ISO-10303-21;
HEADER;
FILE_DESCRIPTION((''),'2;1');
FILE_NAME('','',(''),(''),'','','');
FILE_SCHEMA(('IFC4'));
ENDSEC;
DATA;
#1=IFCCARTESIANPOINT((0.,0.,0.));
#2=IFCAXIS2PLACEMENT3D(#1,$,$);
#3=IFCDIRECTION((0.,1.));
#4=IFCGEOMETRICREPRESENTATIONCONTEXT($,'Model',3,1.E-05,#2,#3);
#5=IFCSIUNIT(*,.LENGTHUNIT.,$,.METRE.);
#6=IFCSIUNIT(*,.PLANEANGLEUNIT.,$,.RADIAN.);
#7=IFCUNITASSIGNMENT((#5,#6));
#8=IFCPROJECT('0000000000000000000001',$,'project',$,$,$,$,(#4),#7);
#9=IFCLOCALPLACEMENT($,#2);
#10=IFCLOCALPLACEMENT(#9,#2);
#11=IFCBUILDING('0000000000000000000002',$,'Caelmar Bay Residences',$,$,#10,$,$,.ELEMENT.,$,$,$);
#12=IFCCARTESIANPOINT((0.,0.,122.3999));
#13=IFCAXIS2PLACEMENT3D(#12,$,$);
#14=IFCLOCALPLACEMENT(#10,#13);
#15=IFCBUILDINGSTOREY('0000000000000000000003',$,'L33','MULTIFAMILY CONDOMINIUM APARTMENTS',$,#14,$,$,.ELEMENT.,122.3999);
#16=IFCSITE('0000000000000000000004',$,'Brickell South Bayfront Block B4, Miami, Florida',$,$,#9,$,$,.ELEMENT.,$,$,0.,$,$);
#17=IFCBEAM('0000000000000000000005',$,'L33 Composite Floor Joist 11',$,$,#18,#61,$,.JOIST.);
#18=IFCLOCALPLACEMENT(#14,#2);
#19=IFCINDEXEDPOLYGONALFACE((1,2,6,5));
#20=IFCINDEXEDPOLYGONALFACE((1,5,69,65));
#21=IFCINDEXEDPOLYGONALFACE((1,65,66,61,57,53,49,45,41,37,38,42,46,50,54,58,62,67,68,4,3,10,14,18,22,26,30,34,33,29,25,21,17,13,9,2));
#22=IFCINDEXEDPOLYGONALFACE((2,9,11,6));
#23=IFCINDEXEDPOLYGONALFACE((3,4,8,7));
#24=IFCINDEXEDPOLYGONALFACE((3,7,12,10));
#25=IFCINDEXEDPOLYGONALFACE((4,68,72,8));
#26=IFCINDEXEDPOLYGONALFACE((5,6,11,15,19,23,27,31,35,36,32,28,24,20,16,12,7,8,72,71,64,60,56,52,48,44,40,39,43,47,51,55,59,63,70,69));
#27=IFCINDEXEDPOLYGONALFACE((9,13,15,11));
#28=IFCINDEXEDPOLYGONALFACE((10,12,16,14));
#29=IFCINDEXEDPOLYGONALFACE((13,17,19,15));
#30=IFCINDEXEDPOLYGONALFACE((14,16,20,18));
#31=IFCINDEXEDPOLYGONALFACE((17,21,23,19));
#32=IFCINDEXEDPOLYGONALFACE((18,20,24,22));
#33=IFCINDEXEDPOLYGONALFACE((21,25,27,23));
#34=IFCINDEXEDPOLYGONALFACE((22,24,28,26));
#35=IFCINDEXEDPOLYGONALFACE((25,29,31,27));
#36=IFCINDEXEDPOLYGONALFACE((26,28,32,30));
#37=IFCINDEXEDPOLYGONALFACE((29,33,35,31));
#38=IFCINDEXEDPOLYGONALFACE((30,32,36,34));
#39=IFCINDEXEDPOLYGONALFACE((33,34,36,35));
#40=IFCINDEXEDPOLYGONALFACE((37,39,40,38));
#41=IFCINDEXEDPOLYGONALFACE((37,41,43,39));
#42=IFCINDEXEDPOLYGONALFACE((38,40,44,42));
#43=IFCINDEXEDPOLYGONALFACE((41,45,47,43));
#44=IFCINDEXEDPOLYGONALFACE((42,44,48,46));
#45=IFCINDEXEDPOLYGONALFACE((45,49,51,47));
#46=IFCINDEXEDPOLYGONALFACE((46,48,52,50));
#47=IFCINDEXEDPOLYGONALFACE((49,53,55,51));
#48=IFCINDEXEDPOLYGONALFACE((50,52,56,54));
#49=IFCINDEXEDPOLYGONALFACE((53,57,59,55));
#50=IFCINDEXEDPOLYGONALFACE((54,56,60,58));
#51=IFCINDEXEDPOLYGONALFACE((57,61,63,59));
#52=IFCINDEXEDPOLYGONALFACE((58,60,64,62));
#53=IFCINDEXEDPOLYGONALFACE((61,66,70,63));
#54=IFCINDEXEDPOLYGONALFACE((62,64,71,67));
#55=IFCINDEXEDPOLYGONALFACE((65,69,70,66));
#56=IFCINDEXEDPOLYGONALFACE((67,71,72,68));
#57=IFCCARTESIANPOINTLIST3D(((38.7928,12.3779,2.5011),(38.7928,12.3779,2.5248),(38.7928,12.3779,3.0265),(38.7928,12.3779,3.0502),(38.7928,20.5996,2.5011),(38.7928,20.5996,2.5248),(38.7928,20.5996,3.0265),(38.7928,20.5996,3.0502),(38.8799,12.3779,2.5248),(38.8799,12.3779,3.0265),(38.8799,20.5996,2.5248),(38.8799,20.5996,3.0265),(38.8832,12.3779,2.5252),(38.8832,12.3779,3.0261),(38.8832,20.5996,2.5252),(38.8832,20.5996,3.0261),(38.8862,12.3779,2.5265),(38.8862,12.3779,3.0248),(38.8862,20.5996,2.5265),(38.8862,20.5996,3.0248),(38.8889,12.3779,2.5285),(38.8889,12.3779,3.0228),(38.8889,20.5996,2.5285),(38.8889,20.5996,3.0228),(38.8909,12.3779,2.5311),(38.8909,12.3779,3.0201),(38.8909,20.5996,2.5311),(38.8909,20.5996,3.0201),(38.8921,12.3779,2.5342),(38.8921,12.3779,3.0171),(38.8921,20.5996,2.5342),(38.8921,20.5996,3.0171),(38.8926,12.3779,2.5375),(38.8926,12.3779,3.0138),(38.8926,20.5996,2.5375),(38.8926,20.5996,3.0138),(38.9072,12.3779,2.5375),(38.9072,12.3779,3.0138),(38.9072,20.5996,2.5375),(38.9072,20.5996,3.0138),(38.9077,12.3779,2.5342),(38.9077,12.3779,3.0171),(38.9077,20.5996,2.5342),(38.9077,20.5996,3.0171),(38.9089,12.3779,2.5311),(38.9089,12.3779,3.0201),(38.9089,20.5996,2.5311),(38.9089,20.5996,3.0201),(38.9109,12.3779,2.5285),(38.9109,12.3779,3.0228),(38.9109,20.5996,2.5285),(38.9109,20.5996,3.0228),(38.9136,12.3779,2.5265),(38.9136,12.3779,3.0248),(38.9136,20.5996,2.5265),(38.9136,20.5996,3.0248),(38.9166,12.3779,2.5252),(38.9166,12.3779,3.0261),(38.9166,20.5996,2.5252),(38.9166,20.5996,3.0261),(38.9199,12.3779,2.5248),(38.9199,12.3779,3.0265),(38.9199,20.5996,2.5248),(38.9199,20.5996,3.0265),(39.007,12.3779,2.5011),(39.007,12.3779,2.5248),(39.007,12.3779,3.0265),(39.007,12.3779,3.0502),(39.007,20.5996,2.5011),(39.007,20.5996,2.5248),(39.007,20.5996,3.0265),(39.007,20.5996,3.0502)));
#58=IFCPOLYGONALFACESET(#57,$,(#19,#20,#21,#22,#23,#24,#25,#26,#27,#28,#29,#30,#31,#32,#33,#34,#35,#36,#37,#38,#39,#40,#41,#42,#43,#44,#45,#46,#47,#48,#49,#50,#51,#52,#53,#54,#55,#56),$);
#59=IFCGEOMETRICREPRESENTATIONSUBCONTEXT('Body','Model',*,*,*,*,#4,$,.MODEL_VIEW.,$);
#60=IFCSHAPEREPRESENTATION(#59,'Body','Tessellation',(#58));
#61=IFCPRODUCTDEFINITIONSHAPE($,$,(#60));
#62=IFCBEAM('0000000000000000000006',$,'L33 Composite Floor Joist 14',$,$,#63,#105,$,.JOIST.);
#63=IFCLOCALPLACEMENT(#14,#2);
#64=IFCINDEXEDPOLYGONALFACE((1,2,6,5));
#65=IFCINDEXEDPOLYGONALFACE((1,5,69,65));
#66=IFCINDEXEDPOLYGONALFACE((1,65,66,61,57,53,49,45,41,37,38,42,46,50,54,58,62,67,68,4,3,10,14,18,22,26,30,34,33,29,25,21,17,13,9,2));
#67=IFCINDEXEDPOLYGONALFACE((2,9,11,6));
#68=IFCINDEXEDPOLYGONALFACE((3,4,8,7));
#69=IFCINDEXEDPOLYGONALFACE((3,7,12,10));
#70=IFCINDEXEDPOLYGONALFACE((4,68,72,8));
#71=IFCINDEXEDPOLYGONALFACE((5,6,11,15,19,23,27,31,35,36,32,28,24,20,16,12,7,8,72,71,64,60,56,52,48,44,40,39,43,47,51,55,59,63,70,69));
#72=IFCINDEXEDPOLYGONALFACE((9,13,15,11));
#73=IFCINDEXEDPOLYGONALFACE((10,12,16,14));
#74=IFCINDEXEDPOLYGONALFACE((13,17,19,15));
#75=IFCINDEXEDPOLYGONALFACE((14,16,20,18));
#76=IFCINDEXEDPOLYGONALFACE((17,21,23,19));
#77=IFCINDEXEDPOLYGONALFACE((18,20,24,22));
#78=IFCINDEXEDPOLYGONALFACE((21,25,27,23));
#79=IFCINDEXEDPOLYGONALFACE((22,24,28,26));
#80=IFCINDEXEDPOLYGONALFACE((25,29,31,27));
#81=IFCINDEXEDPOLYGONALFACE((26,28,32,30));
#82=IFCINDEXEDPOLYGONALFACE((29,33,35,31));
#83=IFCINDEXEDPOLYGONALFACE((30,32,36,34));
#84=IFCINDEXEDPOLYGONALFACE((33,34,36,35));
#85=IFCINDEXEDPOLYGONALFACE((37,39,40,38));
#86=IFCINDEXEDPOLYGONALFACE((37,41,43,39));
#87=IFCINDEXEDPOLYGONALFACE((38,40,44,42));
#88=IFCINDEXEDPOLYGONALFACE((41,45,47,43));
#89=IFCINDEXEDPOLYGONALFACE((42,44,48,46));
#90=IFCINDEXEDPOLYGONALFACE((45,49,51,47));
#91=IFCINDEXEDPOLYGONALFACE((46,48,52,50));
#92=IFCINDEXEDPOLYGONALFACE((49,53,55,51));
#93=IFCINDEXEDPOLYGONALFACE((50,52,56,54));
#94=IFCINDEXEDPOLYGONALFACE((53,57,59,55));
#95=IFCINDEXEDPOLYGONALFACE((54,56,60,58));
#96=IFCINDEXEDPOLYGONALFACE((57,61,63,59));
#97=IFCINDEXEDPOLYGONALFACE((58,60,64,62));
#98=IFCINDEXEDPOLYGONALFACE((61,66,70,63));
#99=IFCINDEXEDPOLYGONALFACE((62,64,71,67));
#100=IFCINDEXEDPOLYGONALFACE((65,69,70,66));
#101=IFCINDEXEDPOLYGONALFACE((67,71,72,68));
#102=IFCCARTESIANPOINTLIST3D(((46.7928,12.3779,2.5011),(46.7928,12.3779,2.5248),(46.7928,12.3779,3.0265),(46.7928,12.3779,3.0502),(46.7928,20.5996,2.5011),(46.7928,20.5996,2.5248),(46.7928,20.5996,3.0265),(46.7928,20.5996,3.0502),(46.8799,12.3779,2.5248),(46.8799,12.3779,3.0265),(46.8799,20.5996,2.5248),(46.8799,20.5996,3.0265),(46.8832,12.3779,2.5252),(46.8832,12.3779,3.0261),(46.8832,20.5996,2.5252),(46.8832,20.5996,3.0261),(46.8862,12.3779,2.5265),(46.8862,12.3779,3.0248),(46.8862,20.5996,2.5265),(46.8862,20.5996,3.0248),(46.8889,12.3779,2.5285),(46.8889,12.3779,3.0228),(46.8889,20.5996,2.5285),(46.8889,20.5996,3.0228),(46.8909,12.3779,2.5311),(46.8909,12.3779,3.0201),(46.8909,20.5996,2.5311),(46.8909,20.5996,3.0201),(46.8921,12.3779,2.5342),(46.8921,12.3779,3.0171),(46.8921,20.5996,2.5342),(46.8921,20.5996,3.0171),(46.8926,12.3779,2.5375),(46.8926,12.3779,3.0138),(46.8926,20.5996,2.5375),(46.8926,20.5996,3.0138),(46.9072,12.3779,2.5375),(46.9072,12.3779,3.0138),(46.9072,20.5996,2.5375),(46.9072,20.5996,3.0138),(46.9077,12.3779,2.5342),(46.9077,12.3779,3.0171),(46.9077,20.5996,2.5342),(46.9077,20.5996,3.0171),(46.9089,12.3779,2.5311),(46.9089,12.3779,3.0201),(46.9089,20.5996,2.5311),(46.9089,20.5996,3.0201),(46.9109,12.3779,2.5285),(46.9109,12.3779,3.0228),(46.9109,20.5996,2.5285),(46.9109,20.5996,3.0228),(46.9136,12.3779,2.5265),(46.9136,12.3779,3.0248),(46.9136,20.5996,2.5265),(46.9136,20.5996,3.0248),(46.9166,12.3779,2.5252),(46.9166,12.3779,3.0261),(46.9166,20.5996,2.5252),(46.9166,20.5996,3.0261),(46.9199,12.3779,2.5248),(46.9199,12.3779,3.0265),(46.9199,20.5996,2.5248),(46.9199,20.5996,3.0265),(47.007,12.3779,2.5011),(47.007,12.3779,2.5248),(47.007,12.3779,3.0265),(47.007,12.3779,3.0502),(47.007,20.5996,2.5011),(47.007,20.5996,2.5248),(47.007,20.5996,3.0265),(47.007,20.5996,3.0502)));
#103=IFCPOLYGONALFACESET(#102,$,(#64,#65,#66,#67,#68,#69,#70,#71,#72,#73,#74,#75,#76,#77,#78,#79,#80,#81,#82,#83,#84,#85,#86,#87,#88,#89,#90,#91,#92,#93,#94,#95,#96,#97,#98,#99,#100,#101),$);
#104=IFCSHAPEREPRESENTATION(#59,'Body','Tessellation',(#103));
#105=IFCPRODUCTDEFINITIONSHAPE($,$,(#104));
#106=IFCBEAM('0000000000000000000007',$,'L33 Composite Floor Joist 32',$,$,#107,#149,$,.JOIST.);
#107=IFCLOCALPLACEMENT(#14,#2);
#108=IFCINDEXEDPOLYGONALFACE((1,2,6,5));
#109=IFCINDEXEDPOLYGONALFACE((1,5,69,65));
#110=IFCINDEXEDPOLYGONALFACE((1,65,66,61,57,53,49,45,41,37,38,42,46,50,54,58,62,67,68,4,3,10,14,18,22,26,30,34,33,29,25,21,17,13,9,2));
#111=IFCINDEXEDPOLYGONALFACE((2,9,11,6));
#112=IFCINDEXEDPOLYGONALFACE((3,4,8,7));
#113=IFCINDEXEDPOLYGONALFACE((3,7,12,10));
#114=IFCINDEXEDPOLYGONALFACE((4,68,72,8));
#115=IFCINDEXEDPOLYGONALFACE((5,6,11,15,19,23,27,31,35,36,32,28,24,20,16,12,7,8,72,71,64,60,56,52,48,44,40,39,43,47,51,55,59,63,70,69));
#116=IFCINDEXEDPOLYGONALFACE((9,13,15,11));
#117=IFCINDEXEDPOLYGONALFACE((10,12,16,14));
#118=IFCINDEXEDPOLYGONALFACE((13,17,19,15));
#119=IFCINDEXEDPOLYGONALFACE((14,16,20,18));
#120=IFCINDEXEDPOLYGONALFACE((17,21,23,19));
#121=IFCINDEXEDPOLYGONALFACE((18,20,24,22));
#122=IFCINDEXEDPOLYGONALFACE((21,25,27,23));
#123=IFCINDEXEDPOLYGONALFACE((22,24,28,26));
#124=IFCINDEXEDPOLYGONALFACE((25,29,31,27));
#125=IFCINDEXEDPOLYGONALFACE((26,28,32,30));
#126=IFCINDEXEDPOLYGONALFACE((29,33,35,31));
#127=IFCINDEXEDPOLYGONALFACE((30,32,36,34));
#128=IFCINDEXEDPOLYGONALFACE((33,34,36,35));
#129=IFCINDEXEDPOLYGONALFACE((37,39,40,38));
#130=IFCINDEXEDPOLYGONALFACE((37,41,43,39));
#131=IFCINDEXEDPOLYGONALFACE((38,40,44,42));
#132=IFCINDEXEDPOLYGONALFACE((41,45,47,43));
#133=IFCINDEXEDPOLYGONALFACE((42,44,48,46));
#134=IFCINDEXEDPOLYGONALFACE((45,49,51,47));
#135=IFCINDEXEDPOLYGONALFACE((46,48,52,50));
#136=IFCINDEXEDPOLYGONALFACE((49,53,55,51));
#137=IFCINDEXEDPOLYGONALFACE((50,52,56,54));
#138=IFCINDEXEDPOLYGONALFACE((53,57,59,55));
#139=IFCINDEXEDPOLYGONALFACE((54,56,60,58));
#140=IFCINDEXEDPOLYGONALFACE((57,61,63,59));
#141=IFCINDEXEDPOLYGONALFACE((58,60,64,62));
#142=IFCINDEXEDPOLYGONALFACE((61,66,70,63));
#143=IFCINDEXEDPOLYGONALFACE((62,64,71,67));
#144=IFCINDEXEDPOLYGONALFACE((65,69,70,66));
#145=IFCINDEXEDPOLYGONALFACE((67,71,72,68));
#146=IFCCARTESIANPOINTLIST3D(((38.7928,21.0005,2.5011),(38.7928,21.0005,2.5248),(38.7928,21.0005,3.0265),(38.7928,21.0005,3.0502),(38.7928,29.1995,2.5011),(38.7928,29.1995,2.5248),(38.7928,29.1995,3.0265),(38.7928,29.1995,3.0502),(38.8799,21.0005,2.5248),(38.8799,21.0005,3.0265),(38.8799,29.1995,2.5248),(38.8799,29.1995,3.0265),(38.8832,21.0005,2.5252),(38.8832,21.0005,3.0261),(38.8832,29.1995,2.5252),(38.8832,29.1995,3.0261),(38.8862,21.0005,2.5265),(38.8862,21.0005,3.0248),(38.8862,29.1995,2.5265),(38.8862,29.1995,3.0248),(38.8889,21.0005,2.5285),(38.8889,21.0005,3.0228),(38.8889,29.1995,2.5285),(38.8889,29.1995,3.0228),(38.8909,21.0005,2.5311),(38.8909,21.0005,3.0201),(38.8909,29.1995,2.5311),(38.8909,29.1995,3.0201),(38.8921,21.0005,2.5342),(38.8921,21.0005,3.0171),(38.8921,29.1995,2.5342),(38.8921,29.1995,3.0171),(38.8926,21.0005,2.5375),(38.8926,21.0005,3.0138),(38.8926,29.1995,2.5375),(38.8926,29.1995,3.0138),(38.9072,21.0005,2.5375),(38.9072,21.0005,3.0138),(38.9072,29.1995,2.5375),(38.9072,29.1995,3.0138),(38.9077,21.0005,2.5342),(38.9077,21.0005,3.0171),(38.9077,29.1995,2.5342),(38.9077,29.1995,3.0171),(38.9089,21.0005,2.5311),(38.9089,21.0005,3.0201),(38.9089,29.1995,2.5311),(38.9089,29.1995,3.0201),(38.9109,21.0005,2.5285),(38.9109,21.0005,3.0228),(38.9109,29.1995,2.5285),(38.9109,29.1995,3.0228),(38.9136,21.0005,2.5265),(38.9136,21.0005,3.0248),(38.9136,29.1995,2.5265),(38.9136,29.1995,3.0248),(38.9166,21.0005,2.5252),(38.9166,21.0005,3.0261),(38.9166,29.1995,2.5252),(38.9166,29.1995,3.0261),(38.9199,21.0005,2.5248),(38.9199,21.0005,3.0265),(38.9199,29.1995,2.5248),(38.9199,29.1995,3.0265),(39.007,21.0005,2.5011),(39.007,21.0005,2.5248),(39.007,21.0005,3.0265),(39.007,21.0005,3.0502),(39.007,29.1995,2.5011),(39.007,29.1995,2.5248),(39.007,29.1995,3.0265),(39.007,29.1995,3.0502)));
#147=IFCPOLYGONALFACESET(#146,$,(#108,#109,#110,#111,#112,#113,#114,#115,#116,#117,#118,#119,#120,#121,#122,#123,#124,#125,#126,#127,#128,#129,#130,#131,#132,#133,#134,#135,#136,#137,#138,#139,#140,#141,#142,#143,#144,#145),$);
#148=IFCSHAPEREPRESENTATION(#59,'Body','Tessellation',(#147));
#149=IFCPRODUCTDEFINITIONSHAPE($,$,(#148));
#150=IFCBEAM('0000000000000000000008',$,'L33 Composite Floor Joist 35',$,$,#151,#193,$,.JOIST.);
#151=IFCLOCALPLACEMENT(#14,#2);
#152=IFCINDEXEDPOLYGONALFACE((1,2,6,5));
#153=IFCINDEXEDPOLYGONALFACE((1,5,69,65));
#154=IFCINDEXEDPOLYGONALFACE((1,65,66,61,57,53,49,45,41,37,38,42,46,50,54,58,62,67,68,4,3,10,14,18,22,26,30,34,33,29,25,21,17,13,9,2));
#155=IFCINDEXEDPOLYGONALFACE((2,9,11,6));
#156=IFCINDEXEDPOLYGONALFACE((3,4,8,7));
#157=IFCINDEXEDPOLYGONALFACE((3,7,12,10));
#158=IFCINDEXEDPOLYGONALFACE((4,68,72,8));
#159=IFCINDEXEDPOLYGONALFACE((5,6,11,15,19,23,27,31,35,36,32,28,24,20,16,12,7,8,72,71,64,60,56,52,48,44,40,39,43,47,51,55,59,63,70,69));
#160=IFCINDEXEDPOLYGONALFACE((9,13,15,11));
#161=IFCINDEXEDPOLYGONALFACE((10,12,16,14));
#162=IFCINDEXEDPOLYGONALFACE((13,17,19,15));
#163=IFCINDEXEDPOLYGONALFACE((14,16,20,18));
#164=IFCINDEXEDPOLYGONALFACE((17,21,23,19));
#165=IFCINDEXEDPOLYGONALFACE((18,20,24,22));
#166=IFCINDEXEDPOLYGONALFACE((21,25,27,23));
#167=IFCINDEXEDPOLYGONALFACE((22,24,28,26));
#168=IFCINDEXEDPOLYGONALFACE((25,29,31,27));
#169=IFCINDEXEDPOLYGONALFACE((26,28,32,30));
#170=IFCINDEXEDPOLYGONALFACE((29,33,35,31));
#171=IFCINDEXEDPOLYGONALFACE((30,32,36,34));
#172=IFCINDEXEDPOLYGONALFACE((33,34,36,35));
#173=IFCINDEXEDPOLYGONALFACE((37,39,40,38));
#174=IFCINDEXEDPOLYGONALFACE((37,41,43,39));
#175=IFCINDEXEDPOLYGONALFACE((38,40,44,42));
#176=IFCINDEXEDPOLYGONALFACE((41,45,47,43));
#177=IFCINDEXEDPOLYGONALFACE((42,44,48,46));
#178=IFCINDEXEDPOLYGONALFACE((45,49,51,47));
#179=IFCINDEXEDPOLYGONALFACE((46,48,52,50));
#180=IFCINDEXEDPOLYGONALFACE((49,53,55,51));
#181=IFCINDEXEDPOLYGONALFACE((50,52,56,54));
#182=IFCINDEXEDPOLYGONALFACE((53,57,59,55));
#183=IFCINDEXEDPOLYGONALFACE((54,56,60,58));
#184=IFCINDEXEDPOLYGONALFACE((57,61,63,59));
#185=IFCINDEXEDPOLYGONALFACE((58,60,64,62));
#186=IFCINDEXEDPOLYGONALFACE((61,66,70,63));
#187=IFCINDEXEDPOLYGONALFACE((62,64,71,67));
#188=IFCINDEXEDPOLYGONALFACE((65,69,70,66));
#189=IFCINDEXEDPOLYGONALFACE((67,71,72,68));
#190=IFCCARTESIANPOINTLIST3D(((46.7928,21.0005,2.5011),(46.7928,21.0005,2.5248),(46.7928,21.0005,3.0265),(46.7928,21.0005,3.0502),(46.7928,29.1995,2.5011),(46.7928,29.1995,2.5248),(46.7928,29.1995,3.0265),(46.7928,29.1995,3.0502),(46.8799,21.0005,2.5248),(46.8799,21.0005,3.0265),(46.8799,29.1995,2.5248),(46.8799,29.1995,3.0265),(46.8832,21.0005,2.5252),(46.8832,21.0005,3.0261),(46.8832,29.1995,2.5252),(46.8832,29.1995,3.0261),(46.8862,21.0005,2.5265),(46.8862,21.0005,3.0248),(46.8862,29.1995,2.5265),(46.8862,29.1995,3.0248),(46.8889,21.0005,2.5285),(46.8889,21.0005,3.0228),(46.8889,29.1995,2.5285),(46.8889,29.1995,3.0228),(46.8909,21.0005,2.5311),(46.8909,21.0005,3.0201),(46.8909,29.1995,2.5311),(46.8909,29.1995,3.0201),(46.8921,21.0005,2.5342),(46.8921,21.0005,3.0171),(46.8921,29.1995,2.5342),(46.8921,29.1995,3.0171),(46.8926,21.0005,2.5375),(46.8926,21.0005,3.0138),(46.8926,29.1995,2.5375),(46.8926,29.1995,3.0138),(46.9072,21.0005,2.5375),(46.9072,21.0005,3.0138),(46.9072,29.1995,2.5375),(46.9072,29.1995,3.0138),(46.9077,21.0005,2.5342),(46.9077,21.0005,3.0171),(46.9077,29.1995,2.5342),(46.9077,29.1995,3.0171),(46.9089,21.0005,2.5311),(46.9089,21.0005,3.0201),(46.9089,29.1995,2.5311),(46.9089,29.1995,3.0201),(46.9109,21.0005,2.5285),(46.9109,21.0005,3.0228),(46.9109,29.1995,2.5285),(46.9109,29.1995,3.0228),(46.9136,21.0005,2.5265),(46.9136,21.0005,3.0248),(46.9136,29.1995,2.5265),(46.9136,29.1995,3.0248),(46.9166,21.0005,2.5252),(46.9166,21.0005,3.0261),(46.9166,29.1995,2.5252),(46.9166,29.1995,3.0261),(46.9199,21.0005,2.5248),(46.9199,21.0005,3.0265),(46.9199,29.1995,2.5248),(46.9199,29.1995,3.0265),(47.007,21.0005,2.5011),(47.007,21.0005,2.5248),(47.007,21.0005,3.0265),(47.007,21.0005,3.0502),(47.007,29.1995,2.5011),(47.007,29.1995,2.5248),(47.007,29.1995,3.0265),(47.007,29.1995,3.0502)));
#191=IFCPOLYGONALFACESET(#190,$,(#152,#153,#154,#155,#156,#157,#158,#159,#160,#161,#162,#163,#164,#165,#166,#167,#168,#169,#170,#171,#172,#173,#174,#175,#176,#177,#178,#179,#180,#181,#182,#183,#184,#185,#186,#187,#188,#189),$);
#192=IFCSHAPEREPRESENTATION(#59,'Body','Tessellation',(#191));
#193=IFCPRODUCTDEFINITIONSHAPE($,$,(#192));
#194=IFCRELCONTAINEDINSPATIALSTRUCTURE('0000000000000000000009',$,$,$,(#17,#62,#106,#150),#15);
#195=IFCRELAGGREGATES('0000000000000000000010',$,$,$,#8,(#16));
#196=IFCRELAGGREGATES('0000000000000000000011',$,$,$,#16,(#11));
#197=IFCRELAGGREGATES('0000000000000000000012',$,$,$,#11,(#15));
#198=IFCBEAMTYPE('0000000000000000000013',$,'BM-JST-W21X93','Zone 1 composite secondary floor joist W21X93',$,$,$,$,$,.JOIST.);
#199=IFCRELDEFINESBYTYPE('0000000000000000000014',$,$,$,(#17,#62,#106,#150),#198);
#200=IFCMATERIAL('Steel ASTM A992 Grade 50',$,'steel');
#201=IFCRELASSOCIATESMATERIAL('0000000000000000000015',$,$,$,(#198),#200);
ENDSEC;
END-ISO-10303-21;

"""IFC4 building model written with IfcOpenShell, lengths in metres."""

from ifc_helpers import new_model, si_unit, direction, frame, origin, origin_2d, place, context, subcontext, project, spatial, i_section, extrude, material, material_profile, profile_set, type_object, element, save


model = new_model("IFC4")

# Units and contexts
model_context = context("Model", 3, precision=1e-05, world=origin(), true_north=direction((0.0, 1.0)))
body_context = subcontext(model_context, "Body", "Model", "MODEL_VIEW")
ifc_project = project(units=[si_unit("LENGTHUNIT", "METRE"), si_unit("PLANEANGLEUNIT", "RADIAN")], contexts=[model_context])

# Site, building, storey
site_placement = place(None, origin())
site = spatial("IfcSite", under=ifc_project, at=site_placement, Name="Brickell South Bayfront Block B4, Miami, Florida", CompositionType="ELEMENT", RefElevation=0.0)
building_placement = place(site_placement, origin())
building = spatial("IfcBuilding", under=site, at=building_placement, Name="Caelmar Bay Residences", CompositionType="ELEMENT")
storey_placement = place(building_placement, frame((0.0, 0.0, 122.3999)))
storey = spatial("IfcBuildingStorey", under=building, at=storey_placement, Name="L33", Description="MULTIFAMILY CONDOMINIUM APARTMENTS", CompositionType="ELEMENT", Elevation=122.3999)

# Beams
ifc_material_1 = material(Name="Steel ASTM A992 Grade 50", Category="steel")
ifc_material_profile_1 = material_profile(ifc_material_1, i_section(OverallWidth=0.2141, OverallDepth=0.5491, WebThickness=0.0146, FlangeThickness=0.0237, FilletRadius=0.0127, at=origin_2d()), Name="W21X93")
ifc_profile_set_1 = profile_set([ifc_material_profile_1], Name="Steel ASTM A992 Grade 50")
beam_type_1 = type_object("IfcBeamType", Name="BM-JST-W21X93", Description="Zone 1 composite secondary floor joist W21X93", PredefinedType="JOIST", material=ifc_profile_set_1)
for number, where, z_axis, x_axis, name in (
    (1, (38.8999, 12.3779, 2.7756), (0.0, 1.0, 0.0), (-1.0, 0.0, 0.0), "L33 Composite Floor Joist 11"),
    (2, (46.8999, 12.3779, 2.7756), (0.0, 1.0, 0.0), (-1.0, 0.0, 0.0), "L33 Composite Floor Joist 14"),
):
    element("IfcBeam", number, at=place(storey_placement, frame(where, z_axis=z_axis, x_axis=x_axis)), inside=storey, type_object=beam_type_1, Name=name, PredefinedType="JOIST", context=body_context, shape_type="SweptSolid", body=[
        extrude(i_section(OverallWidth=0.2141, OverallDepth=0.5491, WebThickness=0.0146, FlangeThickness=0.0237, FilletRadius=0.0127, at=origin_2d()), origin(), (0.0, 0.0, 1.0), 8.2217),
    ])
for number, where, z_axis, x_axis, name in (
    (3, (38.8999, 21.0005, 2.7756), (0.0, 1.0, 0.0), (-1.0, 0.0, 0.0), "L33 Composite Floor Joist 32"),
    (4, (46.8999, 21.0005, 2.7756), (0.0, 1.0, 0.0), (-1.0, 0.0, 0.0), "L33 Composite Floor Joist 35"),
):
    element("IfcBeam", number, at=place(storey_placement, frame(where, z_axis=z_axis, x_axis=x_axis)), inside=storey, type_object=beam_type_1, Name=name, PredefinedType="JOIST", context=body_context, shape_type="SweptSolid", body=[
        extrude(i_section(OverallWidth=0.2141, OverallDepth=0.5491, WebThickness=0.0146, FlangeThickness=0.0237, FilletRadius=0.0127, at=origin_2d()), origin(), (0.0, 0.0, 1.0), 8.199),
    ])

save(model, "model.ifc")
